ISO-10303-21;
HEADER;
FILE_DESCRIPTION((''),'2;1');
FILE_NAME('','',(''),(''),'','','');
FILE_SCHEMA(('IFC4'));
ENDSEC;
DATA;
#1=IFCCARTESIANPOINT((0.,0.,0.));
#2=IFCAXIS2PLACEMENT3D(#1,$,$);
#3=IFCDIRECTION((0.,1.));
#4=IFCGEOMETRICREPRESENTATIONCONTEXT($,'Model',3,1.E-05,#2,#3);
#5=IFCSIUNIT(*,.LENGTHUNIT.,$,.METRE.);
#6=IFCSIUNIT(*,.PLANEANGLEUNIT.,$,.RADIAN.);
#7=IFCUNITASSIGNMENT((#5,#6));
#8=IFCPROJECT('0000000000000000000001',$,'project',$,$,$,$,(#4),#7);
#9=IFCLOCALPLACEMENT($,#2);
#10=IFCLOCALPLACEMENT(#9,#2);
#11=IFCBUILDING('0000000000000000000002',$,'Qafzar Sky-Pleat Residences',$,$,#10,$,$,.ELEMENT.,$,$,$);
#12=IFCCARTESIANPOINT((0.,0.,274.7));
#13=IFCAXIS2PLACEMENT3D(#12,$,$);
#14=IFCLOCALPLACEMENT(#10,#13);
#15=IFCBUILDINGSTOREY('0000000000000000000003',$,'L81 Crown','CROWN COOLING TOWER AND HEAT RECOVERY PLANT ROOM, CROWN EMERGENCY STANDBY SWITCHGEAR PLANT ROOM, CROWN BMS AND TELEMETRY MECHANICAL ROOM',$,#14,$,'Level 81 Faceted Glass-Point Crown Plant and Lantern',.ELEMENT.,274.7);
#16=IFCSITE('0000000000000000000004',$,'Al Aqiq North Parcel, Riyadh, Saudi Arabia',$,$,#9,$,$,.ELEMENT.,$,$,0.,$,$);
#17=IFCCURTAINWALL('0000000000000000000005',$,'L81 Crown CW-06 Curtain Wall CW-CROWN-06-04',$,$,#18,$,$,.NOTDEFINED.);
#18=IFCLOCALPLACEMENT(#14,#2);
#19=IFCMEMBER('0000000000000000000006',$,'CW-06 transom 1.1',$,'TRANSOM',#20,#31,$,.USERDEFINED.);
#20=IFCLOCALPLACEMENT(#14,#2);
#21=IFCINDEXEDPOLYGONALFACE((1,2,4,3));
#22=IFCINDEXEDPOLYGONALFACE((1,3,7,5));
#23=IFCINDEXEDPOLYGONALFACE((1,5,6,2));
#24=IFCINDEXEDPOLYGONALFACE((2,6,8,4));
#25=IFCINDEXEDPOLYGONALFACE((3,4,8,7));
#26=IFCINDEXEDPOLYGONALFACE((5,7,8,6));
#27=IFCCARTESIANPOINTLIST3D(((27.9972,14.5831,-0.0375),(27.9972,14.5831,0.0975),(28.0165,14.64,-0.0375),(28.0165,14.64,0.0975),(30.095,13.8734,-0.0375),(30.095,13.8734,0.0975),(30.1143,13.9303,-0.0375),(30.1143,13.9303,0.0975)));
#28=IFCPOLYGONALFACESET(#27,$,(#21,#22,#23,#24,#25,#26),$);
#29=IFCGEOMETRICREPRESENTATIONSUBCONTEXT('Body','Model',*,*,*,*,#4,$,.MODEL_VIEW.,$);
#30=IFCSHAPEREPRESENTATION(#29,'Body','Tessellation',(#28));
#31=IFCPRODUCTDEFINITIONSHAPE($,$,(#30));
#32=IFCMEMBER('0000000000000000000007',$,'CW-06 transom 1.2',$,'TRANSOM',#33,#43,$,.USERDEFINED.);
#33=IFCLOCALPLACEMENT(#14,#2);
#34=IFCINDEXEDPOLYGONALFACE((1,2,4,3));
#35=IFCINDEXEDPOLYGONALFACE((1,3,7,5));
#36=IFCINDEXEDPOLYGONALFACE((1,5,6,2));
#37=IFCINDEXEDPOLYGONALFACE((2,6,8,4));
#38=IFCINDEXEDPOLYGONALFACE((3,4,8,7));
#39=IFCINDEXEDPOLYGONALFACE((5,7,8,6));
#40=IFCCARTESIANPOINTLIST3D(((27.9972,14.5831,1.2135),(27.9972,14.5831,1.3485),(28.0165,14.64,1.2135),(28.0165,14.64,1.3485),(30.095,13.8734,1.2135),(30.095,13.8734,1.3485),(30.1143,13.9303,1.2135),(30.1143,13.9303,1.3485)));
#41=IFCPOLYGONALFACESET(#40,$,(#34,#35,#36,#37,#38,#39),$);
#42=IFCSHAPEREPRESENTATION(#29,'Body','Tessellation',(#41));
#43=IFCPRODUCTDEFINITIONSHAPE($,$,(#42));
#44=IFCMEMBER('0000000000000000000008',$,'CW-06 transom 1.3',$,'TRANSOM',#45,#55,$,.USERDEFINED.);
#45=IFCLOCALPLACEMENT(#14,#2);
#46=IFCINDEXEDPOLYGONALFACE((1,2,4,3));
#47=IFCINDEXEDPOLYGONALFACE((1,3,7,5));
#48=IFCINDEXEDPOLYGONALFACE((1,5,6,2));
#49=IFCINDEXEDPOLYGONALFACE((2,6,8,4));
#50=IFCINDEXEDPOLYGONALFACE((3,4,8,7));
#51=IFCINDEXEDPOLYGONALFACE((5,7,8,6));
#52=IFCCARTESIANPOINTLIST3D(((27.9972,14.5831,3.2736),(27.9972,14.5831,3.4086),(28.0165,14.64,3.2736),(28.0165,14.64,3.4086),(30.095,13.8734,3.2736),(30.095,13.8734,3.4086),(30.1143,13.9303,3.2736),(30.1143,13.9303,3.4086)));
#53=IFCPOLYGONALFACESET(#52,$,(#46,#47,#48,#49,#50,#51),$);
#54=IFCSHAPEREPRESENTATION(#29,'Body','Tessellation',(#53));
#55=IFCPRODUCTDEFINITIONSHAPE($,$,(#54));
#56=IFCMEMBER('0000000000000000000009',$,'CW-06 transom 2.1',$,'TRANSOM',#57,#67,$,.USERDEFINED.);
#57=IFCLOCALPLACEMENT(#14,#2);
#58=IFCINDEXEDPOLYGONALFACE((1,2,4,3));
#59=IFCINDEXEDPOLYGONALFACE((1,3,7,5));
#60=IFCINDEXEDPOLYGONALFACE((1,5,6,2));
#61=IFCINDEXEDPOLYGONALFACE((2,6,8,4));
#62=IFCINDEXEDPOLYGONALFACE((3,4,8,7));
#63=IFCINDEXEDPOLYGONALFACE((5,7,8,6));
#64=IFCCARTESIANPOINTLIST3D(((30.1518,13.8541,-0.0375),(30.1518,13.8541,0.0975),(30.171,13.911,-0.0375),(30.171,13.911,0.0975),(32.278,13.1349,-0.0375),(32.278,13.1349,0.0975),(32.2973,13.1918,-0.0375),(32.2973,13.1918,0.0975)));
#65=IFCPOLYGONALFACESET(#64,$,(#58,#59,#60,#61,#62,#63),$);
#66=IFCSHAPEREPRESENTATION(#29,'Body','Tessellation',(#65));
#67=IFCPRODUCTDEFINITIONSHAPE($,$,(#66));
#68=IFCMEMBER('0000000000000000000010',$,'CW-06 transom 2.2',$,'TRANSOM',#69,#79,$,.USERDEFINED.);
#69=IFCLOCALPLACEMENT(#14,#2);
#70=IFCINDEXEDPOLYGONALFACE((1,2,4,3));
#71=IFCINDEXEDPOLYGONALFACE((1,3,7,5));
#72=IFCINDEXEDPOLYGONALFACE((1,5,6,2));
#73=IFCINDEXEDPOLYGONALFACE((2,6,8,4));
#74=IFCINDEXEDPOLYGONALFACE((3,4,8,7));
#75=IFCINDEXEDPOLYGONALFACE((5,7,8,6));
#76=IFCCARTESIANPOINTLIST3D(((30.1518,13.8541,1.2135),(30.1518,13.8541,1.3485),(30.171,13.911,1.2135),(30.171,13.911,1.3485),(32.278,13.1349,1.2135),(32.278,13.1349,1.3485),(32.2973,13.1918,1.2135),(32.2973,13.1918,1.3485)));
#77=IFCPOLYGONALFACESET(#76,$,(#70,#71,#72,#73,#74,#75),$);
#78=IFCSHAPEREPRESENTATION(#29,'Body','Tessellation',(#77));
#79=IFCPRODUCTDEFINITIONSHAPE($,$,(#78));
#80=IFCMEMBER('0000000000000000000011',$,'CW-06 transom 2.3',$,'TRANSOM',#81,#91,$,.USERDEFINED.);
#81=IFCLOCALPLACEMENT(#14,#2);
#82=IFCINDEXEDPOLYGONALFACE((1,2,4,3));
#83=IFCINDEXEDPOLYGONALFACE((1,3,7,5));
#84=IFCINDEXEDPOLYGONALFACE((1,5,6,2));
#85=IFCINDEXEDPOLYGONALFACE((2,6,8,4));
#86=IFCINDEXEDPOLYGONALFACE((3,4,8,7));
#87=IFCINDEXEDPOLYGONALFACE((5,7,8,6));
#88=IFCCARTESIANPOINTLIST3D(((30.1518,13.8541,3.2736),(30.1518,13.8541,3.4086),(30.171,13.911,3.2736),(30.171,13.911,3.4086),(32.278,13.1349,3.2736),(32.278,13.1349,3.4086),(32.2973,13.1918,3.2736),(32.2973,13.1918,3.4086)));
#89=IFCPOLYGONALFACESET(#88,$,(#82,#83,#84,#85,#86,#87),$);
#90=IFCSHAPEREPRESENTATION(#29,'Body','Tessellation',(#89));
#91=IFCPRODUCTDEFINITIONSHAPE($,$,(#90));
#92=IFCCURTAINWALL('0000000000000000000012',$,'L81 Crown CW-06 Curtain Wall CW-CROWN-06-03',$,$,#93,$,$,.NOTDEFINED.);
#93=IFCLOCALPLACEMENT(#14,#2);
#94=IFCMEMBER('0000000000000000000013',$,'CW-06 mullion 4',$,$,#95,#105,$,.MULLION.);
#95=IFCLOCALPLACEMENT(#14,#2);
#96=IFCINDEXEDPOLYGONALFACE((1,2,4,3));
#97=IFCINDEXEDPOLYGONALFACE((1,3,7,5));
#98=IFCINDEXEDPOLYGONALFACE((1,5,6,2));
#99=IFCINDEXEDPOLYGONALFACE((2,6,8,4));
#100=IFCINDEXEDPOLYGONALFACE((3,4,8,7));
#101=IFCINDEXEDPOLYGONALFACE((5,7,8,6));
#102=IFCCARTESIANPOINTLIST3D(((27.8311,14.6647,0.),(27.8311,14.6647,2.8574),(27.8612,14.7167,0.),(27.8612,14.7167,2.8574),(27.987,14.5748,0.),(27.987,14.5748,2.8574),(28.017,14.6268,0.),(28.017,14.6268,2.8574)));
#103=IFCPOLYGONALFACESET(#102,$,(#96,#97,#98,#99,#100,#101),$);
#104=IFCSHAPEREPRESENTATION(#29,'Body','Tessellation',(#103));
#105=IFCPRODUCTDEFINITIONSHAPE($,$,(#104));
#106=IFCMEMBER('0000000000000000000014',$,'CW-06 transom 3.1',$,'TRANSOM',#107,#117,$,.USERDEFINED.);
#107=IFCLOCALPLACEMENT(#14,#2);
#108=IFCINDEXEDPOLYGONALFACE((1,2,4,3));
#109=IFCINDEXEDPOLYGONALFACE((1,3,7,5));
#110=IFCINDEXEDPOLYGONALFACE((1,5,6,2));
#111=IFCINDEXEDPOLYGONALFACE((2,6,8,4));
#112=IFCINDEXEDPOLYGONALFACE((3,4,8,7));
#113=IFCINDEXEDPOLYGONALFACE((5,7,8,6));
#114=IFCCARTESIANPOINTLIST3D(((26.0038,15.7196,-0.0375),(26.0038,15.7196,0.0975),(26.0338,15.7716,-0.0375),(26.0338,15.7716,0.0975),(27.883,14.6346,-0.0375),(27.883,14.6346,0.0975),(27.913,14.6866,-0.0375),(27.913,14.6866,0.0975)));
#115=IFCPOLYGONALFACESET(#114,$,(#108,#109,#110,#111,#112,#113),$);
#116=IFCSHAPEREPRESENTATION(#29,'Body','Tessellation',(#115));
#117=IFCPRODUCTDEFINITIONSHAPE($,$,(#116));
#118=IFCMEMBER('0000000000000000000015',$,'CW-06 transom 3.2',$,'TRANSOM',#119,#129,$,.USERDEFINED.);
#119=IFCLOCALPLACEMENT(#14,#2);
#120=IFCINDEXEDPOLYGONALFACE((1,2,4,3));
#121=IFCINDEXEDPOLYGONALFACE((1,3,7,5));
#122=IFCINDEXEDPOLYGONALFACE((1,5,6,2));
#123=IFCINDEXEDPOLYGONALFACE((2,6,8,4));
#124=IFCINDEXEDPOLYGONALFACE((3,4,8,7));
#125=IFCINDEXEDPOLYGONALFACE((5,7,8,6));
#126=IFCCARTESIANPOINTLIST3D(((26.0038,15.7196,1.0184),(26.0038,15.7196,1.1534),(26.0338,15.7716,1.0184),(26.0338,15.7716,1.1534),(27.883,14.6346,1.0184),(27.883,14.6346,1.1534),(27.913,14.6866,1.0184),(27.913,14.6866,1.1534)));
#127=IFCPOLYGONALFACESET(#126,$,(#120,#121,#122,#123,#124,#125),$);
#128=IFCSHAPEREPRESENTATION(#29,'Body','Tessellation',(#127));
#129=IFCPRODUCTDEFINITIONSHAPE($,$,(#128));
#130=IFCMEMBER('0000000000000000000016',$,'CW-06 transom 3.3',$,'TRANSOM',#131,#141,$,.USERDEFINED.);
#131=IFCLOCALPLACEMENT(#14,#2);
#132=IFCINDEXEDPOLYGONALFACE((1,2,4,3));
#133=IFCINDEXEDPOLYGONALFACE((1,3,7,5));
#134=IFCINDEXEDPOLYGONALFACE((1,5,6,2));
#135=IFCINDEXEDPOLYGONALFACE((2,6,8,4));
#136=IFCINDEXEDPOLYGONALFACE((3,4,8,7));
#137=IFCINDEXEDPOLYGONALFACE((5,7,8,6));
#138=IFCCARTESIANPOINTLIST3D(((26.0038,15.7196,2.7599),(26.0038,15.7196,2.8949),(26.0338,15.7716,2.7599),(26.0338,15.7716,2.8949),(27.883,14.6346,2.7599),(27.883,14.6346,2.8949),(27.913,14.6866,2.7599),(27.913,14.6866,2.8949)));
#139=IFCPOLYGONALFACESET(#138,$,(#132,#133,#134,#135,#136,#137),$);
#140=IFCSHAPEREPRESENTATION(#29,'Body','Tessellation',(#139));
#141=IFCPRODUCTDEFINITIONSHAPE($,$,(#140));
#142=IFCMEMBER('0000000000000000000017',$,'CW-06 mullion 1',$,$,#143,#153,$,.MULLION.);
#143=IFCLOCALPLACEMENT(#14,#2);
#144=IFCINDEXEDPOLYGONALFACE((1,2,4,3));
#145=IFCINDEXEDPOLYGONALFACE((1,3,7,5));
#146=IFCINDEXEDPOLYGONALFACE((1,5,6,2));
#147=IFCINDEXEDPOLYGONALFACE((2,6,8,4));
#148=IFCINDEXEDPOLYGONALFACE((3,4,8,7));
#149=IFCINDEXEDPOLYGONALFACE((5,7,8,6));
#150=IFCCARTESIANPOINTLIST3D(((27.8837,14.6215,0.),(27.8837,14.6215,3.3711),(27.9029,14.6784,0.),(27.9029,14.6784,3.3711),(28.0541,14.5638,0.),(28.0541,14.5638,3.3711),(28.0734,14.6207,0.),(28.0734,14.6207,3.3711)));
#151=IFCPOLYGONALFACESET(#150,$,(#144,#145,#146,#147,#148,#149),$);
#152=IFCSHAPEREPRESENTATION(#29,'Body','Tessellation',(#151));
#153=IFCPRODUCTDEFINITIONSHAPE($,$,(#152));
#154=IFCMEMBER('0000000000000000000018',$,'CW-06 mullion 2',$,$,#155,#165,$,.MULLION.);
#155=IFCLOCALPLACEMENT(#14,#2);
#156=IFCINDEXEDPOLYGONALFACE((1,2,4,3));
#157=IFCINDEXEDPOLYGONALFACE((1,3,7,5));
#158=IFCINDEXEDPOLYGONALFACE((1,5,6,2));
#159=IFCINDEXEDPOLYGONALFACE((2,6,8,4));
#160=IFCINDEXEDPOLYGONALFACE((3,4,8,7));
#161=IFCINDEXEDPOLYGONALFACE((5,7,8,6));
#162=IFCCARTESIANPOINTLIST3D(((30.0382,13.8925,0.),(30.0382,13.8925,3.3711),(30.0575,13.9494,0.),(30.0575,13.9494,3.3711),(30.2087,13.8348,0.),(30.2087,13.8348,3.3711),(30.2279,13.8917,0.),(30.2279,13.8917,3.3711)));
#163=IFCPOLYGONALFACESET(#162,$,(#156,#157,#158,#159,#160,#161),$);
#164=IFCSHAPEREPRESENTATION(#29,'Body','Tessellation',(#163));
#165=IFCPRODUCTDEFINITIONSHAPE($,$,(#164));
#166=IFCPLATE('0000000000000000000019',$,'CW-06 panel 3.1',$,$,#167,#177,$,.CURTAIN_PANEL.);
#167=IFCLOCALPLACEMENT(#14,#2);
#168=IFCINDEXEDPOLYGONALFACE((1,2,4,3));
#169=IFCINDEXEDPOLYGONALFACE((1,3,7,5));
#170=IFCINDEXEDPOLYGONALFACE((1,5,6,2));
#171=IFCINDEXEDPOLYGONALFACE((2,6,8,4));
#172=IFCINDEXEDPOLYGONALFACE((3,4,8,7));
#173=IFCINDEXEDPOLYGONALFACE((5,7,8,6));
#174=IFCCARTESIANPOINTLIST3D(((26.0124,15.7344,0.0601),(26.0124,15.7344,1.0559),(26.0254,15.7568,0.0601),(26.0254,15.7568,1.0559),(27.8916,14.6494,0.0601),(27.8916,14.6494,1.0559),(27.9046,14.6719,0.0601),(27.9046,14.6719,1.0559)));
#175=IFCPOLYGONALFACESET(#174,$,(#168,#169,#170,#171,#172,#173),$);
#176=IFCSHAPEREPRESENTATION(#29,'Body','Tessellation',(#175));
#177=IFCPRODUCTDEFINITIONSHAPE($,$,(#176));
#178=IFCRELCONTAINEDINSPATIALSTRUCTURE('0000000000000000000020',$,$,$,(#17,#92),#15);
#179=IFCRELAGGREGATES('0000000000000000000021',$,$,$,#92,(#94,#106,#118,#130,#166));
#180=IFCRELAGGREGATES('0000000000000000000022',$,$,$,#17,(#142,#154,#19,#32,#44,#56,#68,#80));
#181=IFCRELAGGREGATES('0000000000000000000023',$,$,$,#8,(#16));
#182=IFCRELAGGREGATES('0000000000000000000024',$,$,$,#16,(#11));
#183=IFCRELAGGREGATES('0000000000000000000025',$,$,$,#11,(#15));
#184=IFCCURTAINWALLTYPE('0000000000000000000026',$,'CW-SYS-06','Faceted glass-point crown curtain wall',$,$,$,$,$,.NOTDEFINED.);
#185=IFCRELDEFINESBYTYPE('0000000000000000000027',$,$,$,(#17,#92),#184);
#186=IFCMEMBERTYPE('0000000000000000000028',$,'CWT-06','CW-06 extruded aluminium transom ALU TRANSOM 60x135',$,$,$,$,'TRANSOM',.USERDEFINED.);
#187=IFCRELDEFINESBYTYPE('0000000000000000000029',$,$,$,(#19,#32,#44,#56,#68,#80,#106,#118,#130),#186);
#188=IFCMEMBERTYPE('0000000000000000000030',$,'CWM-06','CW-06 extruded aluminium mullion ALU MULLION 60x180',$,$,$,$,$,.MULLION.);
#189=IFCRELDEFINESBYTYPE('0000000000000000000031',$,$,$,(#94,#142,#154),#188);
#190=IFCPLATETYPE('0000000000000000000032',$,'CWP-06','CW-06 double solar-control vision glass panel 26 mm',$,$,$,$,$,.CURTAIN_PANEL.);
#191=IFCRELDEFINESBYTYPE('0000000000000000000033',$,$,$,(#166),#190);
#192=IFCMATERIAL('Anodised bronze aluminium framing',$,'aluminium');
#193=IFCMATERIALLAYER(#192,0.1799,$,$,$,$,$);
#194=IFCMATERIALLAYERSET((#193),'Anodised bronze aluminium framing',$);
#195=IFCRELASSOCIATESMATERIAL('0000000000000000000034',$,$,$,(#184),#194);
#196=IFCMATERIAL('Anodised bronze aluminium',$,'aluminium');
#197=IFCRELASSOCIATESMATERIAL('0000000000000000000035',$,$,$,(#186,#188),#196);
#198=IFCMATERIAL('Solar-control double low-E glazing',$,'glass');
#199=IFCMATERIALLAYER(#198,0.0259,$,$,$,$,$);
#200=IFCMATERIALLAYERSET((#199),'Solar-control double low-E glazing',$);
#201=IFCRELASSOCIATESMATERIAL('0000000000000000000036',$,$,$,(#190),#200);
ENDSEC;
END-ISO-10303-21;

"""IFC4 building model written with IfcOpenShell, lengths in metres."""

from ifc_helpers import new_model, si_unit, direction, frame, origin, origin_2d, place, context, subcontext, project, spatial, rectangle, extrude, source, transform, mapped, material, layer, layer_set, material_profile, profile_set, type_object, element, aggregate, save


model = new_model("IFC4")

# Units and contexts
model_context = context("Model", 3, precision=1e-05, world=origin(), true_north=direction((0.0, 1.0)))
body_context = subcontext(model_context, "Body", "Model", "MODEL_VIEW")
ifc_project = project(units=[si_unit("LENGTHUNIT", "METRE"), si_unit("PLANEANGLEUNIT", "RADIAN")], contexts=[model_context])

# Site, building, storey
site_placement = place(None, origin())
site = spatial("IfcSite", under=ifc_project, at=site_placement, Name="Al Aqiq North Parcel, Riyadh, Saudi Arabia", CompositionType="ELEMENT", RefElevation=0.0)
building_placement = place(site_placement, origin())
building = spatial("IfcBuilding", under=site, at=building_placement, Name="Qafzar Sky-Pleat Residences", CompositionType="ELEMENT")
storey_placement = place(building_placement, frame((0.0, 0.0, 274.7)))
storey = spatial("IfcBuildingStorey", under=building, at=storey_placement, Name="L81 Crown", Description="CROWN COOLING TOWER AND HEAT RECOVERY PLANT ROOM, CROWN EMERGENCY STANDBY SWITCHGEAR PLANT ROOM, CROWN BMS AND TELEMETRY MECHANICAL ROOM", LongName="Level 81 Faceted Glass-Point Crown Plant and Lantern", CompositionType="ELEMENT", Elevation=274.7)

# Curtain walls, members
ifc_material_1 = material(Name="Anodised bronze aluminium framing", Category="aluminium")
ifc_layer_1 = layer(ifc_material_1, 0.1799)
ifc_layer_set_1 = layer_set([ifc_layer_1], Name="Anodised bronze aluminium framing")
curtain_wall_type = type_object("IfcCurtainWallType", Name="CW-SYS-06", Description="Faceted glass-point crown curtain wall", PredefinedType="NOTDEFINED", material=ifc_layer_set_1)
curtain_wall_1_placement = place(storey_placement, origin())
curtain_wall_1 = element("IfcCurtainWall", 1, at=curtain_wall_1_placement, inside=storey, type_object=curtain_wall_type, Name="L81 Crown CW-06 Curtain Wall CW-CROWN-06-04", PredefinedType="NOTDEFINED")
ifc_material_2 = material(Name="Anodised bronze aluminium", Category="aluminium")
ifc_material_profile_1 = material_profile(ifc_material_2, rectangle(XDim=0.0601, YDim=0.135, at=origin_2d()), Name="ALU TRANSOM 60x135")
ifc_profile_set_1 = profile_set([ifc_material_profile_1], Name="Anodised bronze aluminium")
member_type_1 = type_object("IfcMemberType", Name="CWT-06", Description="CW-06 extruded aluminium transom ALU TRANSOM 60x135", ElementType="TRANSOM", PredefinedType="USERDEFINED", material=ifc_profile_set_1)
shared_shape_1 = source(origin(), body_context, "Body", "SweptSolid", [
    extrude(rectangle(XDim=0.0601, YDim=0.135, at=origin_2d()), origin(), (0.0, 0.0, 1.0), 2.2146),
])
member_1_placement = place(storey_placement, frame((28.0068, 14.6116, 0.03), z_axis=(0.947263, -0.320458, 0.0), x_axis=(0.320458, 0.947263, 0.0)))
member_1 = element("IfcMember", 2, at=member_1_placement, type_object=member_type_1, Name="CW-06 transom 1.1", ObjectType="TRANSOM", PredefinedType="USERDEFINED", context=body_context, shape_type="MappedRepresentation", body=[
    mapped(shared_shape_1, transform((0.0, 0.0, 0.0), x_axis=(1.0, 0.0, 0.0), y_axis=(0.0, 1.0, 0.0), z_axis=(0.0, 0.0, 1.0), scale=1.0)),
])
member_2_placement = place(storey_placement, frame((28.0068, 14.6116, 1.281), z_axis=(0.947263, -0.320458, 0.0), x_axis=(0.320458, 0.947263, 0.0)))
member_2 = element("IfcMember", 3, at=member_2_placement, type_object=member_type_1, Name="CW-06 transom 1.2", ObjectType="TRANSOM", PredefinedType="USERDEFINED", context=body_context, shape_type="MappedRepresentation", body=[
    mapped(shared_shape_1, transform((0.0, 0.0, 0.0), x_axis=(1.0, 0.0, 0.0), y_axis=(0.0, 1.0, 0.0), z_axis=(0.0, 0.0, 1.0), scale=1.0)),
])
member_3_placement = place(storey_placement, frame((28.0068, 14.6116, 3.3411), z_axis=(0.947263, -0.320458, 0.0), x_axis=(0.320458, 0.947263, 0.0)))
member_3 = element("IfcMember", 4, at=member_3_placement, type_object=member_type_1, Name="CW-06 transom 1.3", ObjectType="TRANSOM", PredefinedType="USERDEFINED", context=body_context, shape_type="MappedRepresentation", body=[
    mapped(shared_shape_1, transform((0.0, 0.0, 0.0), x_axis=(1.0, 0.0, 0.0), y_axis=(0.0, 1.0, 0.0), z_axis=(0.0, 0.0, 1.0), scale=1.0)),
])
shared_shape_2 = source(origin(), body_context, "Body", "SweptSolid", [
    extrude(rectangle(XDim=0.0601, YDim=0.135, at=origin_2d()), origin(), (0.0, 0.0, 1.0), 2.2446),
])
member_4_placement = place(storey_placement, frame((30.1614, 13.8826, 0.03), z_axis=(0.947271, -0.320434, 0.0), x_axis=(0.320434, 0.947271, 0.0)))
member_4 = element("IfcMember", 5, at=member_4_placement, type_object=member_type_1, Name="CW-06 transom 2.1", ObjectType="TRANSOM", PredefinedType="USERDEFINED", context=body_context, shape_type="MappedRepresentation", body=[
    mapped(shared_shape_2, transform((0.0, 0.0, 0.0), x_axis=(1.0, 0.0, 0.0), y_axis=(0.0, 1.0, 0.0), z_axis=(0.0, 0.0, 1.0), scale=1.0)),
])
member_5_placement = place(storey_placement, frame((30.1614, 13.8826, 1.281), z_axis=(0.947271, -0.320434, 0.0), x_axis=(0.320434, 0.947271, 0.0)))
member_5 = element("IfcMember", 6, at=member_5_placement, type_object=member_type_1, Name="CW-06 transom 2.2", ObjectType="TRANSOM", PredefinedType="USERDEFINED", context=body_context, shape_type="MappedRepresentation", body=[
    mapped(shared_shape_2, transform((0.0, 0.0, 0.0), x_axis=(1.0, 0.0, 0.0), y_axis=(0.0, 1.0, 0.0), z_axis=(0.0, 0.0, 1.0), scale=1.0)),
])
member_6_placement = place(storey_placement, frame((30.1614, 13.8826, 3.3411), z_axis=(0.947271, -0.320434, 0.0), x_axis=(0.320434, 0.947271, 0.0)))
member_6 = element("IfcMember", 7, at=member_6_placement, type_object=member_type_1, Name="CW-06 transom 2.3", ObjectType="TRANSOM", PredefinedType="USERDEFINED", context=body_context, shape_type="MappedRepresentation", body=[
    mapped(shared_shape_2, transform((0.0, 0.0, 0.0), x_axis=(1.0, 0.0, 0.0), y_axis=(0.0, 1.0, 0.0), z_axis=(0.0, 0.0, 1.0), scale=1.0)),
])
curtain_wall_2_placement = place(storey_placement, origin())
curtain_wall_2 = element("IfcCurtainWall", 8, at=curtain_wall_2_placement, inside=storey, type_object=curtain_wall_type, Name="L81 Crown CW-06 Curtain Wall CW-CROWN-06-03", PredefinedType="NOTDEFINED")
ifc_material_profile_2 = material_profile(ifc_material_2, rectangle(XDim=0.0601, YDim=0.1799, at=origin_2d()), Name="ALU MULLION 60x180")
ifc_profile_set_2 = profile_set([ifc_material_profile_2], Name="Anodised bronze aluminium")
member_type_2 = type_object("IfcMemberType", Name="CWM-06", Description="CW-06 extruded aluminium mullion ALU MULLION 60x180", PredefinedType="MULLION", material=ifc_profile_set_2)
shared_shape_3 = source(origin(), body_context, "Body", "SweptSolid", [
    extrude(rectangle(XDim=0.0601, YDim=0.1799, at=origin_2d()), origin(), (0.0, 0.0, 1.0), 2.8574),
])
member_7_placement = place(storey_placement, frame((27.9241, 14.6458, 0.0), z_axis=(0.0, 0.0, 1.0), x_axis=(0.499996, 0.866028, 0.0)))
member_7 = element("IfcMember", 9, at=member_7_placement, type_object=member_type_2, Name="CW-06 mullion 4", PredefinedType="MULLION", context=body_context, shape_type="MappedRepresentation", body=[
    mapped(shared_shape_3, transform((0.0, 0.0, 0.0), x_axis=(1.0, 0.0, 0.0), y_axis=(0.0, 1.0, 0.0), z_axis=(0.0, 0.0, 1.0), scale=1.0)),
])
shared_shape_4 = source(origin(), body_context, "Body", "SweptSolid", [
    extrude(rectangle(XDim=0.0601, YDim=0.135, at=origin_2d()), origin(), (0.0, 0.0, 1.0), 2.1699),
])
member_8_placement = place(storey_placement, frame((26.0188, 15.7456, 0.03), z_axis=(0.866019, -0.500011, 0.0), x_axis=(0.500011, 0.866019, 0.0)))
member_8 = element("IfcMember", 10, at=member_8_placement, type_object=member_type_1, Name="CW-06 transom 3.1", ObjectType="TRANSOM", PredefinedType="USERDEFINED", context=body_context, shape_type="MappedRepresentation", body=[
    mapped(shared_shape_4, transform((0.0, 0.0, 0.0), x_axis=(1.0, 0.0, 0.0), y_axis=(0.0, 1.0, 0.0), z_axis=(0.0, 0.0, 1.0), scale=1.0)),
])
member_9_placement = place(storey_placement, frame((26.0188, 15.7456, 1.0859), z_axis=(0.866019, -0.500011, 0.0), x_axis=(0.500011, 0.866019, 0.0)))
member_9 = element("IfcMember", 11, at=member_9_placement, type_object=member_type_1, Name="CW-06 transom 3.2", ObjectType="TRANSOM", PredefinedType="USERDEFINED", context=body_context, shape_type="MappedRepresentation", body=[
    mapped(shared_shape_4, transform((0.0, 0.0, 0.0), x_axis=(1.0, 0.0, 0.0), y_axis=(0.0, 1.0, 0.0), z_axis=(0.0, 0.0, 1.0), scale=1.0)),
])
member_10_placement = place(storey_placement, frame((26.0188, 15.7456, 2.8274), z_axis=(0.866019, -0.500011, 0.0), x_axis=(0.500011, 0.866019, 0.0)))
member_10 = element("IfcMember", 12, at=member_10_placement, type_object=member_type_1, Name="CW-06 transom 3.3", ObjectType="TRANSOM", PredefinedType="USERDEFINED", context=body_context, shape_type="MappedRepresentation", body=[
    mapped(shared_shape_4, transform((0.0, 0.0, 0.0), x_axis=(1.0, 0.0, 0.0), y_axis=(0.0, 1.0, 0.0), z_axis=(0.0, 0.0, 1.0), scale=1.0)),
])

# Members
shared_shape_5 = source(origin(), body_context, "Body", "SweptSolid", [
    extrude(rectangle(XDim=0.0601, YDim=0.1799, at=origin_2d()), origin(), (0.0, 0.0, 1.0), 3.3711),
])
member_11_placement = place(storey_placement, frame((27.9785, 14.6211, 0.0), z_axis=(0.0, 0.0, 1.0), x_axis=(0.32046, 0.947262, 0.0)))
member_11 = element("IfcMember", 13, at=member_11_placement, type_object=member_type_2, Name="CW-06 mullion 1", PredefinedType="MULLION", context=body_context, shape_type="MappedRepresentation", body=[
    mapped(shared_shape_5, transform((0.0, 0.0, 0.0), x_axis=(1.0, 0.0, 0.0), y_axis=(0.0, 1.0, 0.0), z_axis=(0.0, 0.0, 1.0), scale=1.0)),
])
member_12_placement = place(storey_placement, frame((30.1331, 13.8921, 0.0), z_axis=(0.0, 0.0, 1.0), x_axis=(0.32046, 0.947262, 0.0)))
member_12 = element("IfcMember", 14, at=member_12_placement, type_object=member_type_2, Name="CW-06 mullion 2", PredefinedType="MULLION", context=body_context, shape_type="MappedRepresentation", body=[
    mapped(shared_shape_5, transform((0.0, 0.0, 0.0), x_axis=(1.0, 0.0, 0.0), y_axis=(0.0, 1.0, 0.0), z_axis=(0.0, 0.0, 1.0), scale=1.0)),
])

# Plate
ifc_material_3 = material(Name="Solar-control double low-E glazing", Category="glass")
ifc_layer_2 = layer(ifc_material_3, 0.0259)
ifc_layer_set_2 = layer_set([ifc_layer_2], Name="Solar-control double low-E glazing")
plate_type = type_object("IfcPlateType", Name="CWP-06", Description="CW-06 double solar-control vision glass panel 26 mm", PredefinedType="CURTAIN_PANEL", material=ifc_layer_set_2)
shared_shape_6 = source(origin(), body_context, "Body", "SweptSolid", [
    extrude(rectangle(XDim=2.1699, YDim=0.0259, at=origin_2d()), origin(), (0.0, 0.0, 1.0), 0.9958),
])
plate_1_placement = place(storey_placement, frame((26.9585, 15.2031, 0.0601), z_axis=(0.0, 0.0, 1.0), x_axis=(0.866028, -0.499996, 0.0)))
plate_1 = element("IfcPlate", 15, at=plate_1_placement, type_object=plate_type, Name="CW-06 panel 3.1", PredefinedType="CURTAIN_PANEL", context=body_context, shape_type="MappedRepresentation", body=[
    mapped(shared_shape_6, transform((0.0, 0.0, 0.0), x_axis=(1.0, 0.0, 0.0), y_axis=(0.0, 1.0, 0.0), z_axis=(0.0, 0.0, 1.0), scale=1.0)),
])
aggregate(curtain_wall_2, [member_7, member_8, member_9, member_10, plate_1])
aggregate(curtain_wall_1, [member_11, member_12, member_1, member_2, member_3, member_4, member_5, member_6])

save(model, "model.ifc")
